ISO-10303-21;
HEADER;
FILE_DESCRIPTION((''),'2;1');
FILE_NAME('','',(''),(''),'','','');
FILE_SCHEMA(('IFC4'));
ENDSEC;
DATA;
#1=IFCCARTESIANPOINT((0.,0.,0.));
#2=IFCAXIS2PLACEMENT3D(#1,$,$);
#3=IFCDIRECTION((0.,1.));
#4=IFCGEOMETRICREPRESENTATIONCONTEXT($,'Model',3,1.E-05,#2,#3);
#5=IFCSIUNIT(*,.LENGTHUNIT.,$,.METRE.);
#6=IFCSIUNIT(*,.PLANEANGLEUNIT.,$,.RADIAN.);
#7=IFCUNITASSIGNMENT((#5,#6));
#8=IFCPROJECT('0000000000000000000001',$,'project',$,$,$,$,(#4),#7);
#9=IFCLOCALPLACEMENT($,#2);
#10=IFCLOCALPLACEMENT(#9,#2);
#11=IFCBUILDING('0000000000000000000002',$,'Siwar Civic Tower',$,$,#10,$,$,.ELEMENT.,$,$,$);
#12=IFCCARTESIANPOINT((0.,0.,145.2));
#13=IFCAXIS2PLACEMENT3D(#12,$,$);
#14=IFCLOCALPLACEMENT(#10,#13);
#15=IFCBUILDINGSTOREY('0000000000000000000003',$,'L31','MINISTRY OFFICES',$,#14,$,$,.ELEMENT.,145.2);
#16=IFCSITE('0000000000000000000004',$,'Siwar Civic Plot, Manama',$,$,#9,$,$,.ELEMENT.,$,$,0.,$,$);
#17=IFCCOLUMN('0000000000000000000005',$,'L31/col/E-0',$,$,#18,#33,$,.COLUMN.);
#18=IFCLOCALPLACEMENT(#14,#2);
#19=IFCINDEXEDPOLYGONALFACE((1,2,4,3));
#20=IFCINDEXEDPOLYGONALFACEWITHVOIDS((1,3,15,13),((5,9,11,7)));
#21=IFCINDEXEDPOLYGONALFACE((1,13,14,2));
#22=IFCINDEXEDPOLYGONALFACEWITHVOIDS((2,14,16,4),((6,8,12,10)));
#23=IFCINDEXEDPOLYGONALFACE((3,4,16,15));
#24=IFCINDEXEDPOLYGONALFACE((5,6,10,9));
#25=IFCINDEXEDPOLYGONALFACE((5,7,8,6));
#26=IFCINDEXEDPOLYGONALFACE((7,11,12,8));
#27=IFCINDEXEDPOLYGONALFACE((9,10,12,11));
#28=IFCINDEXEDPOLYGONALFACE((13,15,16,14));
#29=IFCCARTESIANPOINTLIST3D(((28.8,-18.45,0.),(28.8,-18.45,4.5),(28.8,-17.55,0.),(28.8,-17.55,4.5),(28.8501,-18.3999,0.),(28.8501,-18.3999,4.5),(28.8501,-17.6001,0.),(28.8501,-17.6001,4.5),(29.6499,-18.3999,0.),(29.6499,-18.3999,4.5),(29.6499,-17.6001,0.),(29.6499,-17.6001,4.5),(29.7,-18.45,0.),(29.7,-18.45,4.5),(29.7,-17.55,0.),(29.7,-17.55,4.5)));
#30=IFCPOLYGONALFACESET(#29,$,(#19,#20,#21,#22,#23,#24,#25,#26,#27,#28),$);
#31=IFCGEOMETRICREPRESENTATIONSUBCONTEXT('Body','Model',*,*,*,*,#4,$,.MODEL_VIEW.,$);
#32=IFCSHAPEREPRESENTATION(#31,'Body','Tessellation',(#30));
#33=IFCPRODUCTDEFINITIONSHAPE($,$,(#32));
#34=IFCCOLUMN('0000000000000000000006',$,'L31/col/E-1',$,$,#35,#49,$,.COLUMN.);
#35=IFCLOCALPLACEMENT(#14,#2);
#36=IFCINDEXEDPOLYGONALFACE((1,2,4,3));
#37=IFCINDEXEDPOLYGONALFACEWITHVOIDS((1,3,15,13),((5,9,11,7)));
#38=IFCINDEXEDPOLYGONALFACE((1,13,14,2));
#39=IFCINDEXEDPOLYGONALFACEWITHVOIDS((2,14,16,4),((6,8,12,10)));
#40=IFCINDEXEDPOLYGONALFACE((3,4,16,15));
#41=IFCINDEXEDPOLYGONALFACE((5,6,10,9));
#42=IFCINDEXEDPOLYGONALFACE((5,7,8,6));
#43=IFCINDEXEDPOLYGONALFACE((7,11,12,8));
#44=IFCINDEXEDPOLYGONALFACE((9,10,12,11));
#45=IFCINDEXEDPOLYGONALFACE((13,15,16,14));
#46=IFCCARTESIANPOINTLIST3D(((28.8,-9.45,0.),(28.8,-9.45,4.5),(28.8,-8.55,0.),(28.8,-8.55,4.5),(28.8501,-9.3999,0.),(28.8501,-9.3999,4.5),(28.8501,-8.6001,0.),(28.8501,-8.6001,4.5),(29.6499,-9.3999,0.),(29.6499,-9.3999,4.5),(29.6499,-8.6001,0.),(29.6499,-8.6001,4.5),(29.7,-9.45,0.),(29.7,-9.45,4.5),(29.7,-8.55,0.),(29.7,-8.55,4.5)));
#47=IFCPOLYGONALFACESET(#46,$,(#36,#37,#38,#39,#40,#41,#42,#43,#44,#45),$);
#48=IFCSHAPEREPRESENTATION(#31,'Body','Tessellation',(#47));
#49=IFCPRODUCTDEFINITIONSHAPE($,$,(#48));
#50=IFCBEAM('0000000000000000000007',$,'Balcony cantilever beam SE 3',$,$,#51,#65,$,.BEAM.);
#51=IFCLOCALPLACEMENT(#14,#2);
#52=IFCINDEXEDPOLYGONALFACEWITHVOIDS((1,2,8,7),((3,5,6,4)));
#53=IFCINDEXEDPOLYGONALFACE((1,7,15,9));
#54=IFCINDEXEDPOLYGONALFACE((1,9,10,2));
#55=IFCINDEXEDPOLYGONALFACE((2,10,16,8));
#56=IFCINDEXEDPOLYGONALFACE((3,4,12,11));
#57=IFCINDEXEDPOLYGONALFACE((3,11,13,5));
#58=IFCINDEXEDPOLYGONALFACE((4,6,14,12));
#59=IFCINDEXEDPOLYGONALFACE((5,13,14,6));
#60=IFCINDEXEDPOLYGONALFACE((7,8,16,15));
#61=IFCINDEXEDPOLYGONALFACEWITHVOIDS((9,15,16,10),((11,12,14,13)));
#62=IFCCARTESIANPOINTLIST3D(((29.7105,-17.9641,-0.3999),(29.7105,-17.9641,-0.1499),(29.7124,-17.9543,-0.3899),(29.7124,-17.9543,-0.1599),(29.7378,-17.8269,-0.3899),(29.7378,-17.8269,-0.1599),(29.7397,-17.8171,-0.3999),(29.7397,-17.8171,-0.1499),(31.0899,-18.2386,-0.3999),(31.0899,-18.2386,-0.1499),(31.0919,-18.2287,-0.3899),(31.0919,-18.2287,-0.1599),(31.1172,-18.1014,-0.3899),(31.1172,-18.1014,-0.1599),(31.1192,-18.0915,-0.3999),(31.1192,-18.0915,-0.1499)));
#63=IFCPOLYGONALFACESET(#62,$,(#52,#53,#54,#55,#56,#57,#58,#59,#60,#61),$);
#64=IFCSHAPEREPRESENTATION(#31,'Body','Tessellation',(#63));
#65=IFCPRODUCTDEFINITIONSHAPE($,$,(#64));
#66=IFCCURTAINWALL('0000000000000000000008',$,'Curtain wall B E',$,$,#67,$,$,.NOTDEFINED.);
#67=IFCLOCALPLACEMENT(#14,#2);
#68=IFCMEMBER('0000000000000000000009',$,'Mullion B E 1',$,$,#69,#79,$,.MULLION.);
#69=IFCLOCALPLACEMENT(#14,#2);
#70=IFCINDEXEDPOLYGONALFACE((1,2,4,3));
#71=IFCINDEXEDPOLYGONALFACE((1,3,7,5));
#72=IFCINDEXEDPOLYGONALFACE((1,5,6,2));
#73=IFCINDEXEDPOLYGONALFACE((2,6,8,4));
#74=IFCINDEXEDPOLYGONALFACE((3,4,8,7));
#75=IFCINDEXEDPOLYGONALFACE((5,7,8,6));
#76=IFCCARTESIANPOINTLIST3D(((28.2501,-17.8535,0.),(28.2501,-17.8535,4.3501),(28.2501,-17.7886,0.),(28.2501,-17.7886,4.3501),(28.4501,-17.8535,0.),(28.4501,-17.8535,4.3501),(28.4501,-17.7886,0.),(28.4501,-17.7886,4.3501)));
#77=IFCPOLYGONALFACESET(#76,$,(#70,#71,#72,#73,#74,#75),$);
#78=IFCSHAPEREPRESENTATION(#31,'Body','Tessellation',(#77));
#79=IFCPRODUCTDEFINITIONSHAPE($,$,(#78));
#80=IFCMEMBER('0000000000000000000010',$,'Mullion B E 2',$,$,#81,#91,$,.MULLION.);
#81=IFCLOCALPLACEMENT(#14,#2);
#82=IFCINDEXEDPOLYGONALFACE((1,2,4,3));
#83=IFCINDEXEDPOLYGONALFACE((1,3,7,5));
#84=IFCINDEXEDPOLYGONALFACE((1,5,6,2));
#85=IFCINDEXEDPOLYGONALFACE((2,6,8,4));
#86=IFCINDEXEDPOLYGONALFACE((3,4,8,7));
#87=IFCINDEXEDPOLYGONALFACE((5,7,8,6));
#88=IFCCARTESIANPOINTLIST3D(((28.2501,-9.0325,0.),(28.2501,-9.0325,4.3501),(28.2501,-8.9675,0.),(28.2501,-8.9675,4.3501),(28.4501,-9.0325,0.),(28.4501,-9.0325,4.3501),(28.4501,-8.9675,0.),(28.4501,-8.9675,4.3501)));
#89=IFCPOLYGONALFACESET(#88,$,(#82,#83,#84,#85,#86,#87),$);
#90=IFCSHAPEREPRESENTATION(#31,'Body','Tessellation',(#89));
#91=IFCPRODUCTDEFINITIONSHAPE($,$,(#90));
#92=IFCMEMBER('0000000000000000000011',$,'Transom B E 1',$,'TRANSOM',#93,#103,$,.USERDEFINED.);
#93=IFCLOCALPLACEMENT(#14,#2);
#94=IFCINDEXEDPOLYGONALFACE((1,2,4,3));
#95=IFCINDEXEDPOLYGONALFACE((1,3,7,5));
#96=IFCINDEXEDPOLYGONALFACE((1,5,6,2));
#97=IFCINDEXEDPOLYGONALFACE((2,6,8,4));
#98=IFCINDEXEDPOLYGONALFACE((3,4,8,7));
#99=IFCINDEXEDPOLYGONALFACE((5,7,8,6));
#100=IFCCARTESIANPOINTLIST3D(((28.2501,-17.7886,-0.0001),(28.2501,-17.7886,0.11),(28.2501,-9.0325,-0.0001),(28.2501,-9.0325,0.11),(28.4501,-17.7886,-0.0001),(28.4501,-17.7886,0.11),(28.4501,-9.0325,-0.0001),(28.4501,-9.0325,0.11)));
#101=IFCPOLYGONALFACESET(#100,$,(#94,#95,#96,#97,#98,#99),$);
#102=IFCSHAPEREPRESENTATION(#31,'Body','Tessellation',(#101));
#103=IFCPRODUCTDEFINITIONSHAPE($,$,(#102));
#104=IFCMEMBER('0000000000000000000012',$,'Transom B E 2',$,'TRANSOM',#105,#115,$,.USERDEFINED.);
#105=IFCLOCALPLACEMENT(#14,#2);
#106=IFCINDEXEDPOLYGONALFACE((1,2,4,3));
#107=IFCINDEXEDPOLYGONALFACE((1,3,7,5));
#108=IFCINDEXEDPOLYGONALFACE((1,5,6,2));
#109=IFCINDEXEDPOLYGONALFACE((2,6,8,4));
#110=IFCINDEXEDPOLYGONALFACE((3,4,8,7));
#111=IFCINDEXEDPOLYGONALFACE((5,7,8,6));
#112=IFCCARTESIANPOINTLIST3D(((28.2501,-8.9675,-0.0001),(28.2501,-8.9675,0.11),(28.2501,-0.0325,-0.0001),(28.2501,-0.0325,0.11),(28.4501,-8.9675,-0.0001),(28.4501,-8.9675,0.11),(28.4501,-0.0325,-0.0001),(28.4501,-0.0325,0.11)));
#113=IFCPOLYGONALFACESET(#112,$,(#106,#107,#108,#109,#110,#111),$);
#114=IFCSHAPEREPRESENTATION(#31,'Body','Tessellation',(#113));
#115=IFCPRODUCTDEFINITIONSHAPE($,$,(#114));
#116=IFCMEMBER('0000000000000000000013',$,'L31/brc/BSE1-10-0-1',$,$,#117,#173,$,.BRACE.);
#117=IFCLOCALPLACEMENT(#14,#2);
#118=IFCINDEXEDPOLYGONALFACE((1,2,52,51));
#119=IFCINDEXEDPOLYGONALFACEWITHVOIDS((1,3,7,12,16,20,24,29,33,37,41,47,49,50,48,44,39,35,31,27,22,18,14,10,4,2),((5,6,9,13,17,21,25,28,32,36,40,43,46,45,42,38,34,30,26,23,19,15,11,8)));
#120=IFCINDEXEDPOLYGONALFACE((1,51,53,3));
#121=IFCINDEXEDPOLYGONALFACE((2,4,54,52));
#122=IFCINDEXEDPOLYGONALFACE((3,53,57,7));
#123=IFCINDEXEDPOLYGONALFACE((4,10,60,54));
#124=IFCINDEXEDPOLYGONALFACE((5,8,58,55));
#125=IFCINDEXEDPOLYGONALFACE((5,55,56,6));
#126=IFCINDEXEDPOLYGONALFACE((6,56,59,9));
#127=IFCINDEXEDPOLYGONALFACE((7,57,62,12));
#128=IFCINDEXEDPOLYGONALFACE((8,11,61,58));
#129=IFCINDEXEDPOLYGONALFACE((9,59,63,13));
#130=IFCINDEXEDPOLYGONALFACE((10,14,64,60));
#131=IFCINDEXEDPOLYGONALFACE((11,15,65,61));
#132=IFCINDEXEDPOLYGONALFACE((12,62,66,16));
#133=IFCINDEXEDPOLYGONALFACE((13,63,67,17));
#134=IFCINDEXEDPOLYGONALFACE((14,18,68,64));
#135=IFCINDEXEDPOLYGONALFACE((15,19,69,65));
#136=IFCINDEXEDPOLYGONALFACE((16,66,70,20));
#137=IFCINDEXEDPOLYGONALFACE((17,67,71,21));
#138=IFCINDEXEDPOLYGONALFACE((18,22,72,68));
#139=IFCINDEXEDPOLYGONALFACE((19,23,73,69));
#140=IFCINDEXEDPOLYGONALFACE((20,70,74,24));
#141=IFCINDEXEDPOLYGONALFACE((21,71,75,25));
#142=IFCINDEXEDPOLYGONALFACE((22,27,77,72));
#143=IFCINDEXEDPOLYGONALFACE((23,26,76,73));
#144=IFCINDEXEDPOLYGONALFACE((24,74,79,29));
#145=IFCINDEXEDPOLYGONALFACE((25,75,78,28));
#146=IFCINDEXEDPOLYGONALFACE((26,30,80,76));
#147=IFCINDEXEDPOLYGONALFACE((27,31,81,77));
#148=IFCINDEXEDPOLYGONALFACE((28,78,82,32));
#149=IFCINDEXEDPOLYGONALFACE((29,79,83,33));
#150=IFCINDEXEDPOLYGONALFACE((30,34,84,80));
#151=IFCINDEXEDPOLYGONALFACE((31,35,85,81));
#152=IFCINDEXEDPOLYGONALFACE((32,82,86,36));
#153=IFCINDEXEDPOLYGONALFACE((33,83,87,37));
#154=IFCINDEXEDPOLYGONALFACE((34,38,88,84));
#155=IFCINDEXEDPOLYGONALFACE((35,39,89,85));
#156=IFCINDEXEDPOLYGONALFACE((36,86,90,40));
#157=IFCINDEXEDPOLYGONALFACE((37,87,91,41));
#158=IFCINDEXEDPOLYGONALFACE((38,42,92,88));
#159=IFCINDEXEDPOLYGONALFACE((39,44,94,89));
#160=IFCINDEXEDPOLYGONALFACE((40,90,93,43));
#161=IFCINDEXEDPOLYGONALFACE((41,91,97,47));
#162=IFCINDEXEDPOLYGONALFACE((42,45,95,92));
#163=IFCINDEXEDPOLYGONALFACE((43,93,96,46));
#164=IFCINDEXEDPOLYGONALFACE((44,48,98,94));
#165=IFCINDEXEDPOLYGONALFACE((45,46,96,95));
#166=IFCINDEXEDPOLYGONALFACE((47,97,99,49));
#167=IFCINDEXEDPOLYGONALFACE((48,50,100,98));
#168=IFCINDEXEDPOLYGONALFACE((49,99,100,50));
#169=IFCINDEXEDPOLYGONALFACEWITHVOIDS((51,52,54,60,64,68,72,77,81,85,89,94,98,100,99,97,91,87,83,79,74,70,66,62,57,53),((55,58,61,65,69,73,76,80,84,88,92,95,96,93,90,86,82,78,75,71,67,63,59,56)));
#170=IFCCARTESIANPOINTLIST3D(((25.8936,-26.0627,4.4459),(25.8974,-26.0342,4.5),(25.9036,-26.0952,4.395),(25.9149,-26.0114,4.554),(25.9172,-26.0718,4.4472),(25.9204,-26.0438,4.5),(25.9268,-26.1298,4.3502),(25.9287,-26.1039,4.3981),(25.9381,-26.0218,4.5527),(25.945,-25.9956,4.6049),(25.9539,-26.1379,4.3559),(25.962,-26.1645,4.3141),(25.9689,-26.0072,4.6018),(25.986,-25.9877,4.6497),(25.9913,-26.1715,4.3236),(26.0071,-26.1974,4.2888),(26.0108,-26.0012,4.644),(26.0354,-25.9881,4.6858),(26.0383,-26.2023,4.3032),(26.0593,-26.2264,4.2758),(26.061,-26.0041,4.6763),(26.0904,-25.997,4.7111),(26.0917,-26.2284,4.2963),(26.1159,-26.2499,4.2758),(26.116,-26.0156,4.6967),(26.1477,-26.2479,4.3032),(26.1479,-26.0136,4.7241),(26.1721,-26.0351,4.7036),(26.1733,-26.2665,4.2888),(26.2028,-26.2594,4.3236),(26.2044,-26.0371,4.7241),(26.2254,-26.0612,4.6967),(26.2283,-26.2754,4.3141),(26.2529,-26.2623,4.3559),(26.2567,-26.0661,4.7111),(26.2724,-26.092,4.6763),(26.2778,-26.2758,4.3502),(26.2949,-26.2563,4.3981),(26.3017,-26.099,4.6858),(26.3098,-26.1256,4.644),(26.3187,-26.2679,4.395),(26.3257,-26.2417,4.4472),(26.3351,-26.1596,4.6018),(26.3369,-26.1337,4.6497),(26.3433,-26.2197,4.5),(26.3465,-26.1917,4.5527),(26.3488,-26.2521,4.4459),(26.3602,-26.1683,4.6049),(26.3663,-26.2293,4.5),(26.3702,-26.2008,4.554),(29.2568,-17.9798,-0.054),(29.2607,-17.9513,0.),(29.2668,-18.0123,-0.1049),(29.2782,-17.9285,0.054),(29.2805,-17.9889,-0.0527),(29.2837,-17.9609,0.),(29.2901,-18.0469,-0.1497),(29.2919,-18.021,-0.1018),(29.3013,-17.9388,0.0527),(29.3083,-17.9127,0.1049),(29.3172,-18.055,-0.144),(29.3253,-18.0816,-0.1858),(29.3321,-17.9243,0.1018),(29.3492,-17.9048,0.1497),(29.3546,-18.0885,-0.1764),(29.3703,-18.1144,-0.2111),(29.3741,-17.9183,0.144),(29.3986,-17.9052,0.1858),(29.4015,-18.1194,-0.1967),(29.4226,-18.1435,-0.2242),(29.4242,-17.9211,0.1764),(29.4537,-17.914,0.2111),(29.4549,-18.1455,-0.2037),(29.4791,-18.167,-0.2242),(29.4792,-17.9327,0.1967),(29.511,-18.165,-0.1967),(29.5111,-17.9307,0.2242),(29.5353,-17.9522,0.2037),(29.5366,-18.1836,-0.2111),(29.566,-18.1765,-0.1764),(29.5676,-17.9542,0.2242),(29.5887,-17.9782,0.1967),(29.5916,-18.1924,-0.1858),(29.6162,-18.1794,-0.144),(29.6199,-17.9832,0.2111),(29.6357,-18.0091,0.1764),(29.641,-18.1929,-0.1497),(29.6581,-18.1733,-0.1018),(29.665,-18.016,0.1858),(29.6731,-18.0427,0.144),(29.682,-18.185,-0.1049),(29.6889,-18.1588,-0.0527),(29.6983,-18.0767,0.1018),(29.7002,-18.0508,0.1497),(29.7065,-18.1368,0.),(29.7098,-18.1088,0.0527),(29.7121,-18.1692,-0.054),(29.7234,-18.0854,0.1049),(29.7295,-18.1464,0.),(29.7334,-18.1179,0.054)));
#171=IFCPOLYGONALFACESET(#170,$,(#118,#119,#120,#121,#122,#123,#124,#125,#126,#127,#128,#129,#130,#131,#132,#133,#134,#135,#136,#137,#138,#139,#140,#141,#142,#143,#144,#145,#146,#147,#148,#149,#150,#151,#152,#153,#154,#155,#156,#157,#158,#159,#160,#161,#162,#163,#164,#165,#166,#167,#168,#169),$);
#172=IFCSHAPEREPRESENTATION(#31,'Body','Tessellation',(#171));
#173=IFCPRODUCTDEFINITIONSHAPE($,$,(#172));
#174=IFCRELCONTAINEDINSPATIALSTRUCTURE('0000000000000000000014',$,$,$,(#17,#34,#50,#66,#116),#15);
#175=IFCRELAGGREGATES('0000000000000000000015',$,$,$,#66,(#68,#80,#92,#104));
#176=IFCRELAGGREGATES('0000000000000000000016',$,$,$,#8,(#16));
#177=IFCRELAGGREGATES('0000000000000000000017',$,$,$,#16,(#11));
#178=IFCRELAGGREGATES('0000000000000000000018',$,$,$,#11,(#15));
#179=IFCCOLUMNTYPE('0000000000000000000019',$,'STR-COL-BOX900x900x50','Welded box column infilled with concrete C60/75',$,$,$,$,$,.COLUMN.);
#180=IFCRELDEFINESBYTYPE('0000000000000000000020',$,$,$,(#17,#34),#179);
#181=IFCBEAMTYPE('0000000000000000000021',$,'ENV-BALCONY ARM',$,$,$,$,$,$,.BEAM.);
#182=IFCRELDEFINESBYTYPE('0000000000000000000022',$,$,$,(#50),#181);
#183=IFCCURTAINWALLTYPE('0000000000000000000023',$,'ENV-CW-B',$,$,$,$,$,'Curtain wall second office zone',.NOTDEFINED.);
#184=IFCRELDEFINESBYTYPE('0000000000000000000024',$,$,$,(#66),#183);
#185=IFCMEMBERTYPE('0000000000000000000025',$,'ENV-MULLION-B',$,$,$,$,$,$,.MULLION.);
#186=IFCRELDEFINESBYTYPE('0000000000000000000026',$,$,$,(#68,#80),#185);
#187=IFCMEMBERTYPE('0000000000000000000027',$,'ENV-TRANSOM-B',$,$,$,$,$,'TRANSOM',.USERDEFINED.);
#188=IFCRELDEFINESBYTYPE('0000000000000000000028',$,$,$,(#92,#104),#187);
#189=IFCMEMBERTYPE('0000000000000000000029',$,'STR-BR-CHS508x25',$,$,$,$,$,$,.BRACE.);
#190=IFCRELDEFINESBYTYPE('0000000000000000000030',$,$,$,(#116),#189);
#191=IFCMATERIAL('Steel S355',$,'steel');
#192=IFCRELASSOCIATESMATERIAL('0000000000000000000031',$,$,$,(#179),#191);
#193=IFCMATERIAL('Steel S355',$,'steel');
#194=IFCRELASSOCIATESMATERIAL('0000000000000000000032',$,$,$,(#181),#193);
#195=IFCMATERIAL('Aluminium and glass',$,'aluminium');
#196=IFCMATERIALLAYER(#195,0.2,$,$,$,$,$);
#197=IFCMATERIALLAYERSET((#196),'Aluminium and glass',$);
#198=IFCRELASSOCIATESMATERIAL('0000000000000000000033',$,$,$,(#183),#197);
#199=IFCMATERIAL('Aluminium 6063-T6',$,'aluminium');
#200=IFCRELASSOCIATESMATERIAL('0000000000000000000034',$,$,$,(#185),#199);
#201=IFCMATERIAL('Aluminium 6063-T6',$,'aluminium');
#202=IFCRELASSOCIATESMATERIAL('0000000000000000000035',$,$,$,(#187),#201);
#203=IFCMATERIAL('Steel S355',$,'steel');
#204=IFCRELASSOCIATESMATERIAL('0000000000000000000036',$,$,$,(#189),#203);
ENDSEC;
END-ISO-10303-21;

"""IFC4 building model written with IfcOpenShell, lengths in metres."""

from ifc_helpers import new_model, si_unit, direction, frame, origin, origin_2d, place, context, subcontext, project, spatial, rectangle, hollow_rectangle, hollow_circle, extrude, material, layer, layer_set, material_profile, profile_set, type_object, element, aggregate, save


model = new_model("IFC4")

# Units and contexts
model_context = context("Model", 3, precision=1e-05, world=origin(), true_north=direction((0.0, 1.0)))
body_context = subcontext(model_context, "Body", "Model", "MODEL_VIEW")
ifc_project = project(units=[si_unit("LENGTHUNIT", "METRE"), si_unit("PLANEANGLEUNIT", "RADIAN")], contexts=[model_context])

# Site, building, storey
site_placement = place(None, origin())
site = spatial("IfcSite", under=ifc_project, at=site_placement, Name="Siwar Civic Plot, Manama", CompositionType="ELEMENT", RefElevation=0.0)
building_placement = place(site_placement, origin())
building = spatial("IfcBuilding", under=site, at=building_placement, Name="Siwar Civic Tower", CompositionType="ELEMENT")
storey_placement = place(building_placement, frame((0.0, 0.0, 145.2)))
storey = spatial("IfcBuildingStorey", under=building, at=storey_placement, Name="L31", Description="MINISTRY OFFICES", CompositionType="ELEMENT", Elevation=145.2)

# Columns
ifc_material_1 = material(Name="Steel S355", Category="steel")
ifc_material_profile_1 = material_profile(ifc_material_1, hollow_rectangle(XDim=0.8999, YDim=0.8999, WallThickness=0.05, at=origin_2d()), Name="BOX900x900x50")
ifc_profile_set_1 = profile_set([ifc_material_profile_1], Name="Steel S355")
column_type = type_object("IfcColumnType", Name="STR-COL-BOX900x900x50", Description="Welded box column infilled with concrete C60/75", PredefinedType="COLUMN", material=ifc_profile_set_1)
for number, where, z_axis, x_axis, name in (
    (1, (29.25, -18.0, 0.0), (0.0, 0.0, 1.0), (1.0, 0.0, 0.0), "L31/col/E-0"),
    (2, (29.25, -9.0, 0.0), (0.0, 0.0, 1.0), (1.0, 0.0, 0.0), "L31/col/E-1"),
):
    element("IfcColumn", number, at=place(storey_placement, frame(where, z_axis=z_axis, x_axis=x_axis)), inside=storey, type_object=column_type, Name=name, PredefinedType="COLUMN", context=body_context, shape_type="SweptSolid", body=[
        extrude(hollow_rectangle(XDim=0.8999, YDim=0.8999, WallThickness=0.05, at=origin_2d()), origin(), (0.0, 0.0, 1.0), 4.5),
    ])

# Beam
ifc_material_2 = material(Name="Steel S355", Category="steel")
ifc_material_profile_2 = material_profile(ifc_material_2, hollow_rectangle(XDim=0.1499, YDim=0.25, WallThickness=0.01, at=origin_2d()), Name="RHS250x150x10")
ifc_profile_set_2 = profile_set([ifc_material_profile_2], Name="Steel S355")
beam_type_1 = type_object("IfcBeamType", Name="ENV-BALCONY ARM", PredefinedType="BEAM", material=ifc_profile_set_2)
beam_1_placement = place(storey_placement, frame((29.7251, -17.8906, -0.2749), z_axis=(0.98078, -0.195115, 0.0), x_axis=(0.195115, 0.98078, 0.0)))
element("IfcBeam", 3, at=beam_1_placement, inside=storey, type_object=beam_type_1, Name="Balcony cantilever beam SE 3", PredefinedType="BEAM", context=body_context, shape_type="SweptSolid", body=[
    extrude(hollow_rectangle(XDim=0.1499, YDim=0.25, WallThickness=0.01, at=origin_2d()), origin(), (0.0, 0.0, 1.0), 1.4065),
])

# Curtain wall, members
ifc_material_3 = material(Name="Aluminium and glass", Category="aluminium")
ifc_layer_1 = layer(ifc_material_3, 0.2)
ifc_layer_set_1 = layer_set([ifc_layer_1], Name="Aluminium and glass")
curtain_wall_type = type_object("IfcCurtainWallType", Name="ENV-CW-B", ElementType="Curtain wall second office zone", PredefinedType="NOTDEFINED", material=ifc_layer_set_1)
curtain_wall_placement = place(storey_placement, origin())
curtain_wall = element("IfcCurtainWall", 4, at=curtain_wall_placement, inside=storey, type_object=curtain_wall_type, Name="Curtain wall B E", PredefinedType="NOTDEFINED")
ifc_material_4 = material(Name="Aluminium 6063-T6", Category="aluminium")
ifc_material_profile_3 = material_profile(ifc_material_4, rectangle(XDim=0.2, YDim=0.0649, at=origin_2d()), Name="AL 200x65")
ifc_profile_set_3 = profile_set([ifc_material_profile_3], Name="Aluminium 6063-T6")
member_type_1 = type_object("IfcMemberType", Name="ENV-MULLION-B", PredefinedType="MULLION", material=ifc_profile_set_3)
member_1_placement = place(storey_placement, frame((28.3501, -17.821, 0.0), z_axis=(0.0, 0.0, 1.0), x_axis=(-1.0, 0.0, 0.0)))
member_1 = element("IfcMember", 5, at=member_1_placement, type_object=member_type_1, Name="Mullion B E 1", PredefinedType="MULLION", context=body_context, shape_type="SweptSolid", body=[
    extrude(rectangle(XDim=0.2, YDim=0.0649, at=origin_2d()), origin(), (0.0, 0.0, 1.0), 4.3501),
])
member_2_placement = place(storey_placement, frame((28.3501, -9.0, 0.0), z_axis=(0.0, 0.0, 1.0), x_axis=(-1.0, 0.0, 0.0)))
member_2 = element("IfcMember", 6, at=member_2_placement, type_object=member_type_1, Name="Mullion B E 2", PredefinedType="MULLION", context=body_context, shape_type="SweptSolid", body=[
    extrude(rectangle(XDim=0.2, YDim=0.0649, at=origin_2d()), origin(), (0.0, 0.0, 1.0), 4.3501),
])
ifc_material_5 = material(Name="Aluminium 6063-T6", Category="aluminium")
ifc_material_profile_4 = material_profile(ifc_material_5, rectangle(XDim=0.2, YDim=0.1101, at=origin_2d()), Name="AL 200x110")
ifc_profile_set_4 = profile_set([ifc_material_profile_4], Name="Aluminium 6063-T6")
member_type_2 = type_object("IfcMemberType", Name="ENV-TRANSOM-B", ElementType="TRANSOM", PredefinedType="USERDEFINED", material=ifc_profile_set_4)
member_3_placement = place(storey_placement, frame((28.3501, -17.7886, 0.0549), z_axis=(0.0, 1.0, 0.0), x_axis=(-1.0, 0.0, 0.0)))
member_3 = element("IfcMember", 7, at=member_3_placement, type_object=member_type_2, Name="Transom B E 1", ObjectType="TRANSOM", PredefinedType="USERDEFINED", context=body_context, shape_type="SweptSolid", body=[
    extrude(rectangle(XDim=0.2, YDim=0.1101, at=origin_2d()), origin(), (0.0, 0.0, 1.0), 8.7561),
])
member_4_placement = place(storey_placement, frame((28.3501, -8.9675, 0.0549), z_axis=(0.0, 1.0, 0.0), x_axis=(-1.0, 0.0, 0.0)))
member_4 = element("IfcMember", 8, at=member_4_placement, type_object=member_type_2, Name="Transom B E 2", ObjectType="TRANSOM", PredefinedType="USERDEFINED", context=body_context, shape_type="SweptSolid", body=[
    extrude(rectangle(XDim=0.2, YDim=0.1101, at=origin_2d()), origin(), (0.0, 0.0, 1.0), 8.9351),
])

# Member
ifc_material_6 = material(Name="Steel S355", Category="steel")
ifc_material_profile_5 = material_profile(ifc_material_6, hollow_circle(Radius=0.2539, WallThickness=0.0249, at=origin_2d()), Name="CHS508x25")
ifc_profile_set_5 = profile_set([ifc_material_profile_5], Name="Steel S355")
member_type_3 = type_object("IfcMemberType", Name="STR-BR-CHS508x25", PredefinedType="BRACE", material=ifc_profile_set_5)
member_5_placement = place(storey_placement, frame((29.4951, -18.0488, 0.0), z_axis=(-0.341671, -0.821143, 0.457149), x_axis=(0.923265, -0.384164, 0.0)))
element("IfcMember", 9, at=member_5_placement, inside=storey, type_object=member_type_3, Name="L31/brc/BSE1-10-0-1", PredefinedType="BRACE", context=body_context, shape_type="SweptSolid", body=[
    extrude(hollow_circle(Radius=0.2539, WallThickness=0.0249, at=origin_2d()), origin(), (0.0, 0.0, 1.0), 9.8435),
])

aggregate(curtain_wall, [member_1, member_2, member_3, member_4])

save(model, "model.ifc")
